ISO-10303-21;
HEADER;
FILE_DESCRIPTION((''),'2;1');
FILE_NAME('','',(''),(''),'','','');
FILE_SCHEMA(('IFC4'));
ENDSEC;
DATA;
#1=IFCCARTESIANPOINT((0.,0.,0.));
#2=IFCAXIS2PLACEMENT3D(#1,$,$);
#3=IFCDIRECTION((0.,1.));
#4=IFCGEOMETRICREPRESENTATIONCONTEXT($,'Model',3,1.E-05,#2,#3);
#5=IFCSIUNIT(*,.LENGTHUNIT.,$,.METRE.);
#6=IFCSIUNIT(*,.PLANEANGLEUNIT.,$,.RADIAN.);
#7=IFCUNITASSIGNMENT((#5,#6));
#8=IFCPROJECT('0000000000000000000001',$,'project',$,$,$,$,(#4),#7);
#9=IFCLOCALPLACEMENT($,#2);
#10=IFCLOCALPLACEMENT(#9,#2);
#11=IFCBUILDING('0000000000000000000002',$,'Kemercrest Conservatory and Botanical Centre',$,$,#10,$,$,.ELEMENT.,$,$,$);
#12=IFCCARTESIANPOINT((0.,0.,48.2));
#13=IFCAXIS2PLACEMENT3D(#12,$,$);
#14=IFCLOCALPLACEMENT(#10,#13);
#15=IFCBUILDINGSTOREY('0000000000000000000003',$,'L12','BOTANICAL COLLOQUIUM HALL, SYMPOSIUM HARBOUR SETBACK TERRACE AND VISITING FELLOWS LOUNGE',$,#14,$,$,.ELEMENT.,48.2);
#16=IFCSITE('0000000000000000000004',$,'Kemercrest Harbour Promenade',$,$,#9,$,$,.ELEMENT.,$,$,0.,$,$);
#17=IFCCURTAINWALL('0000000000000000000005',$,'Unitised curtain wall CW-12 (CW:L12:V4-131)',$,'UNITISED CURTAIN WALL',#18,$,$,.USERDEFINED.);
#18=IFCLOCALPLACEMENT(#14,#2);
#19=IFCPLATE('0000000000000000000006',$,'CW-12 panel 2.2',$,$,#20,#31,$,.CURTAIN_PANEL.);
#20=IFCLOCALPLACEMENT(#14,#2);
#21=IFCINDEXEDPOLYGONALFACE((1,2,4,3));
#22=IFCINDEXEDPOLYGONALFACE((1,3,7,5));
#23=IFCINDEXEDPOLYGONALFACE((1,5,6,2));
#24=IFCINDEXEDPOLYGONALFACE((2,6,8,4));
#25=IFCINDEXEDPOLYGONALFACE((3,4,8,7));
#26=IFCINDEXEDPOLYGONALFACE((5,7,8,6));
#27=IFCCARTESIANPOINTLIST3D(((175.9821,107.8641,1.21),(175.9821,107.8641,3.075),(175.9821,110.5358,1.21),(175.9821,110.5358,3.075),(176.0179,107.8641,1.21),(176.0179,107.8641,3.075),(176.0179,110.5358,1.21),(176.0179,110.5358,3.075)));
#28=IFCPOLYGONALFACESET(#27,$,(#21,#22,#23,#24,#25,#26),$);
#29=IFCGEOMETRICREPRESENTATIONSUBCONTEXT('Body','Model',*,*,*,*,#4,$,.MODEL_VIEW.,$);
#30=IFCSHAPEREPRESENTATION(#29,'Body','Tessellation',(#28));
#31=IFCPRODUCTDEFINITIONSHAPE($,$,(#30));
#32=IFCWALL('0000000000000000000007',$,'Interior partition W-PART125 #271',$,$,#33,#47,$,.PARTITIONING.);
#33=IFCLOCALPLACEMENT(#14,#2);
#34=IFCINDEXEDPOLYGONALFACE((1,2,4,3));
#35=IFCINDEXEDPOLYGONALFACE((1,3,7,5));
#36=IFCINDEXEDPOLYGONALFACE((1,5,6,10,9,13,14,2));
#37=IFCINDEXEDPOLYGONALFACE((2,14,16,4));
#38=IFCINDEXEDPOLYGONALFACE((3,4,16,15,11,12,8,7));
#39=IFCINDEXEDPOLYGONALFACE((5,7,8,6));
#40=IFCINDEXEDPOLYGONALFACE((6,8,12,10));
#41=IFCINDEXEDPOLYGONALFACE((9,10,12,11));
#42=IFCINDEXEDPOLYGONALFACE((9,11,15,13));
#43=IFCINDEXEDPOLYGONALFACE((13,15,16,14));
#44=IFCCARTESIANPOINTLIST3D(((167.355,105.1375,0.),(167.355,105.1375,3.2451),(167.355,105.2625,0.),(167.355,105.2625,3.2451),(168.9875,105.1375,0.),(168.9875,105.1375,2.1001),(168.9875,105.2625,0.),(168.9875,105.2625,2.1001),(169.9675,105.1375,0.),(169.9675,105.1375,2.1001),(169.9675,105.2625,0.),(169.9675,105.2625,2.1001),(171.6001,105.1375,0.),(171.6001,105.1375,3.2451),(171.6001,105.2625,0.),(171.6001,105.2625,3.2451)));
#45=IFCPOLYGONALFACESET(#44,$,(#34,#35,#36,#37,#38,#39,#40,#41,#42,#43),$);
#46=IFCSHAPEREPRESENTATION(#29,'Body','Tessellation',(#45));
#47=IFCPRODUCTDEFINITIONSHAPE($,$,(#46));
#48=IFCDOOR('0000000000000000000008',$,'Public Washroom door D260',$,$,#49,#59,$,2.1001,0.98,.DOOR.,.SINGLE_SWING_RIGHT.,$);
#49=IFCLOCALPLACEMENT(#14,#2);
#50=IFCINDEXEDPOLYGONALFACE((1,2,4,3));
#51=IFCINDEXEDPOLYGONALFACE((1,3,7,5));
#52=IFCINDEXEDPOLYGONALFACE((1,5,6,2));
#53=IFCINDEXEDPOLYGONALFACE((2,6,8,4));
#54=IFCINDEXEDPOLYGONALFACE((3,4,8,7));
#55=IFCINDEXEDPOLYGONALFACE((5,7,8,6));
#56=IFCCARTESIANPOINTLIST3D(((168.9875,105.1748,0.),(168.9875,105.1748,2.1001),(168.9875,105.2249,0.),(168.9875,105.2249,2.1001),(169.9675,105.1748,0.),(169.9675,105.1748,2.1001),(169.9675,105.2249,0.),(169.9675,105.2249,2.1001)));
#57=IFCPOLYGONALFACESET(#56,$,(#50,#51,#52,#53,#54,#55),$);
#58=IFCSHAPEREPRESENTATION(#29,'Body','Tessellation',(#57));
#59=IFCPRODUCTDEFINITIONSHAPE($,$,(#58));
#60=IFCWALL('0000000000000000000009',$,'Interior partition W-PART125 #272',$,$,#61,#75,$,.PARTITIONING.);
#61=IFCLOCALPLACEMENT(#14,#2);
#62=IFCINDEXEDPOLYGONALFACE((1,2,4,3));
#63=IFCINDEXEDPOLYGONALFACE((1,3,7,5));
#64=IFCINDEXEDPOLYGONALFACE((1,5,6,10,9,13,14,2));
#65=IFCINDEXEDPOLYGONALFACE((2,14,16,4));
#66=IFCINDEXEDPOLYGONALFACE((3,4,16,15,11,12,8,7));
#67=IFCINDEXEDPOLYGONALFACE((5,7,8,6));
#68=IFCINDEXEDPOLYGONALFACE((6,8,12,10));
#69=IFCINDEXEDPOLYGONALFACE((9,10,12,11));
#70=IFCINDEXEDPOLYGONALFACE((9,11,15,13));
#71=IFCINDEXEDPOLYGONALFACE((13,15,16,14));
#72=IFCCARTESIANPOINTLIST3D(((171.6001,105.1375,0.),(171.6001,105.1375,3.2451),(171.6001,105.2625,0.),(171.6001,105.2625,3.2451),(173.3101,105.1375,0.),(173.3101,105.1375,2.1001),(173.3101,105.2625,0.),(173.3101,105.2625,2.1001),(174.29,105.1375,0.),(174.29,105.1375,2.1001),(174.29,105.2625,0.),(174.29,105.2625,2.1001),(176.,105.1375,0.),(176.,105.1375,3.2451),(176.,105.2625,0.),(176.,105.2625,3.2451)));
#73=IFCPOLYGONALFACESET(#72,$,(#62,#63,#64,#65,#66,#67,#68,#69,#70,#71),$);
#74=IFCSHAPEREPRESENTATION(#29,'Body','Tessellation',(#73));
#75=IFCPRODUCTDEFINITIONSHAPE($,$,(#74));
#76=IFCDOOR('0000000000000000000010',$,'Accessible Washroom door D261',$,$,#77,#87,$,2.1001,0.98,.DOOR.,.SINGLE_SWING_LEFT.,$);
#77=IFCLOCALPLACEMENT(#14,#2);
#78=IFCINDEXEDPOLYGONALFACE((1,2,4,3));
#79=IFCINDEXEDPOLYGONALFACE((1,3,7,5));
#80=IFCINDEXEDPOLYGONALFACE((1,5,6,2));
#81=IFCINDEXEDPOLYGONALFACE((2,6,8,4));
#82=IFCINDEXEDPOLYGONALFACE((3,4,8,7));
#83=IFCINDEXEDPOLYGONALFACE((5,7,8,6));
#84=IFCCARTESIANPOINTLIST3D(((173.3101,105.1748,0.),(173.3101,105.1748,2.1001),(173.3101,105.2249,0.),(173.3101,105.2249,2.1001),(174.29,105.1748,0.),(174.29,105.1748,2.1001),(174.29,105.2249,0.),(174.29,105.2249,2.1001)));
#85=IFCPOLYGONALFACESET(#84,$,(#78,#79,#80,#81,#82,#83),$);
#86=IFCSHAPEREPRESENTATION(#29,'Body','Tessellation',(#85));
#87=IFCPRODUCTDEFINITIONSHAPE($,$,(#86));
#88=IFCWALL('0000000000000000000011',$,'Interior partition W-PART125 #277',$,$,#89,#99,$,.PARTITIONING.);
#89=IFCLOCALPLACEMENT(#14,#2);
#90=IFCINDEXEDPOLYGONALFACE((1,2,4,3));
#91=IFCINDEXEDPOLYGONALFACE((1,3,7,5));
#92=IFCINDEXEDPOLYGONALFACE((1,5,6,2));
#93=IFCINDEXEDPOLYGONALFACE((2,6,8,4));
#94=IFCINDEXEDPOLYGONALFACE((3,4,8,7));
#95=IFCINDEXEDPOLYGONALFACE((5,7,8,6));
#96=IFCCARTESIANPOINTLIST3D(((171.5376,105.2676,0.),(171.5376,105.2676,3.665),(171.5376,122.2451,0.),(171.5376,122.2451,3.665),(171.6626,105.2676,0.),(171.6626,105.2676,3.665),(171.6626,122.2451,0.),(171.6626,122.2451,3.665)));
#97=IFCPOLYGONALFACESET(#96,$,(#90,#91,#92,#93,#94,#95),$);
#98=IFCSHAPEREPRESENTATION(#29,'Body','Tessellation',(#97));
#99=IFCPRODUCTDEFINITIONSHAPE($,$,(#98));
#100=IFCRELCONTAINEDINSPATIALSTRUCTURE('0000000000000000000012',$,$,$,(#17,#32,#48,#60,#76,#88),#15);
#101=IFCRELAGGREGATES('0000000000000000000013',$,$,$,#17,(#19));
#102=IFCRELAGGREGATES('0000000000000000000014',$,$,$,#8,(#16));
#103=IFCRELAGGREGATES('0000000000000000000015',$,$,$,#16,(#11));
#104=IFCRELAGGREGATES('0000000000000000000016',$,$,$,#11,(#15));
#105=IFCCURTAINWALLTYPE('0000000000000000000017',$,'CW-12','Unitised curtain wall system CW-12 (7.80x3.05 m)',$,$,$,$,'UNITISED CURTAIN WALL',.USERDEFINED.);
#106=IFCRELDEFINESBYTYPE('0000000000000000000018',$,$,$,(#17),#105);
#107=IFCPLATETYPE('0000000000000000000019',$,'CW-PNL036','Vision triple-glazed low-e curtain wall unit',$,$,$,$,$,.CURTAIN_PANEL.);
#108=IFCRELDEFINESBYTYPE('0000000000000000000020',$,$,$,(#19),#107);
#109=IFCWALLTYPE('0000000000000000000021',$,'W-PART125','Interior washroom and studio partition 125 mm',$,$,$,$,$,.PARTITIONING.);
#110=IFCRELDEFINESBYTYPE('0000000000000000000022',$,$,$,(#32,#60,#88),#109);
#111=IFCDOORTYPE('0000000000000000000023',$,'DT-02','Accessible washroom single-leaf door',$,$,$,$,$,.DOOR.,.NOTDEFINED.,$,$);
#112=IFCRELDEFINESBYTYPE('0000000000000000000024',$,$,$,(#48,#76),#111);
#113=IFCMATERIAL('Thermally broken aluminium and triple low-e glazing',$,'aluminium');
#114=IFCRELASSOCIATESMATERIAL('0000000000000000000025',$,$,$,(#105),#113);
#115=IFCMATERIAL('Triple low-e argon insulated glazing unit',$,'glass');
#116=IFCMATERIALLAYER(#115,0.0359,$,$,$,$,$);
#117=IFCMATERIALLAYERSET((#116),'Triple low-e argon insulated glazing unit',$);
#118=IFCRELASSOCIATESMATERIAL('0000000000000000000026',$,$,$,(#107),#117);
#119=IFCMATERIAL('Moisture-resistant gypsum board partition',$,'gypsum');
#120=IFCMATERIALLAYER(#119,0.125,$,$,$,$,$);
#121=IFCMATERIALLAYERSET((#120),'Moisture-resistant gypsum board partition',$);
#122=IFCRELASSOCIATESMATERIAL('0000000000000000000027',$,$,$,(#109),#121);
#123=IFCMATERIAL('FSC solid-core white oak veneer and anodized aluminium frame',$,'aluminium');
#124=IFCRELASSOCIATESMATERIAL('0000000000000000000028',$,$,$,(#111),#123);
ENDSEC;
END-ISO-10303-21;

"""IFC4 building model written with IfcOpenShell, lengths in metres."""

from ifc_helpers import new_model, si_unit, direction, frame, frame_2d, origin, origin_2d, place, context, subcontext, project, spatial, rectangle, extrude, material, layer, layer_set, type_object, element, fill, aggregate, save


model = new_model("IFC4")

# Units and contexts
model_context = context("Model", 3, precision=1e-05, world=origin(), true_north=direction((0.0, 1.0)))
body_context = subcontext(model_context, "Body", "Model", "MODEL_VIEW")
ifc_project = project(units=[si_unit("LENGTHUNIT", "METRE"), si_unit("PLANEANGLEUNIT", "RADIAN")], contexts=[model_context])

# Site, building, storey
site_placement = place(None, origin())
site = spatial("IfcSite", under=ifc_project, at=site_placement, Name="Kemercrest Harbour Promenade", CompositionType="ELEMENT", RefElevation=0.0)
building_placement = place(site_placement, origin())
building = spatial("IfcBuilding", under=site, at=building_placement, Name="Kemercrest Conservatory and Botanical Centre", CompositionType="ELEMENT")
storey_placement = place(building_placement, frame((0.0, 0.0, 48.2)))
storey = spatial("IfcBuildingStorey", under=building, at=storey_placement, Name="L12", Description="BOTANICAL COLLOQUIUM HALL, SYMPOSIUM HARBOUR SETBACK TERRACE AND VISITING FELLOWS LOUNGE", CompositionType="ELEMENT", Elevation=48.2)

# Curtain wall
ifc_material_1 = material(Name="Thermally broken aluminium and triple low-e glazing", Category="aluminium")
curtain_wall_type = type_object("IfcCurtainWallType", Name="CW-12", Description="Unitised curtain wall system CW-12 (7.80x3.05 m)", ElementType="UNITISED CURTAIN WALL", PredefinedType="USERDEFINED", material=ifc_material_1)
curtain_wall_placement = place(storey_placement, origin())
curtain_wall = element("IfcCurtainWall", 1, at=curtain_wall_placement, inside=storey, type_object=curtain_wall_type, Name="Unitised curtain wall CW-12 (CW:L12:V4-131)", ObjectType="UNITISED CURTAIN WALL", PredefinedType="USERDEFINED")

# Plate
ifc_material_2 = material(Name="Triple low-e argon insulated glazing unit", Category="glass")
ifc_layer_1 = layer(ifc_material_2, 0.0359)
ifc_layer_set_1 = layer_set([ifc_layer_1], Name="Triple low-e argon insulated glazing unit")
plate_type = type_object("IfcPlateType", Name="CW-PNL036", Description="Vision triple-glazed low-e curtain wall unit", PredefinedType="CURTAIN_PANEL", material=ifc_layer_set_1)
plate_1_placement = place(storey_placement, frame((176.0, 109.2, 1.21), z_axis=(0.0, 0.0, 1.0), x_axis=(0.0, 1.0, 0.0)))
plate_1 = element("IfcPlate", 2, at=plate_1_placement, type_object=plate_type, Name="CW-12 panel 2.2", PredefinedType="CURTAIN_PANEL", context=body_context, shape_type="SweptSolid", body=[
    extrude(rectangle(XDim=2.6716, YDim=0.0359, at=origin_2d()), origin(), (0.0, 0.0, 1.0), 1.865),
])
aggregate(curtain_wall, [plate_1])

# Walls, openings, doors
ifc_material_3 = material(Name="Moisture-resistant gypsum board partition", Category="gypsum")
ifc_layer_2 = layer(ifc_material_3, 0.125)
ifc_layer_set_2 = layer_set([ifc_layer_2], Name="Moisture-resistant gypsum board partition")
wall_type = type_object("IfcWallType", Name="W-PART125", Description="Interior washroom and studio partition 125 mm", PredefinedType="PARTITIONING", material=ifc_layer_set_2)
wall_1_placement = place(storey_placement, frame((167.355, 105.2, 0.0), z_axis=(0.0, 0.0, 1.0), x_axis=(1.0, 0.0, 0.0)))
wall_1 = element("IfcWall", 3, at=wall_1_placement, inside=storey, type_object=wall_type, Name="Interior partition W-PART125 #271", PredefinedType="PARTITIONING", context=body_context, shape_type="SweptSolid", body=[
    extrude(rectangle(XDim=4.2451, YDim=0.125, at=frame_2d((2.1226, 0.0))), origin(), (0.0, 0.0, 1.0), 3.2451),
])
opening_1_placement = place(wall_1_placement, frame((1.6326, 0.0, 0.0)))
opening_1 = element("IfcOpeningElement", 4, at=opening_1_placement, cuts=wall_1, PredefinedType="OPENING", context=body_context, shape_type="SweptSolid", body=[
    extrude(rectangle(XDim=0.98, YDim=2.1001, at=frame_2d((0.49, 1.05))), frame((0.0, 0.0725, 0.0), z_axis=(0.0, -1.0, 0.0), x_axis=(1.0, 0.0, 0.0)), (0.0, 0.0, 1.0), 0.145),
])
ifc_material_4 = material(Name="FSC solid-core white oak veneer and anodized aluminium frame", Category="aluminium")
door_type = type_object("IfcDoorType", Name="DT-02", Description="Accessible washroom single-leaf door", OperationType="NOTDEFINED", PredefinedType="DOOR", material=ifc_material_4)
door_1_placement = place(opening_1_placement, origin())
door_1 = element("IfcDoor", 5, at=door_1_placement, inside=storey, type_object=door_type, Name="Public Washroom door D260", OperationType="SINGLE_SWING_RIGHT", OverallHeight=2.1001, OverallWidth=0.98, PredefinedType="DOOR", context=body_context, shape_type="SweptSolid", body=[
    extrude(rectangle(XDim=0.98, YDim=2.1001, at=frame_2d((0.49, 1.05))), frame((0.0, 0.0249, 0.0), z_axis=(0.0, -1.0, 0.0), x_axis=(1.0, 0.0, 0.0)), (0.0, 0.0, 1.0), 0.05),
])
fill(opening_1, door_1)
wall_2_placement = place(storey_placement, frame((171.6001, 105.2, 0.0), z_axis=(0.0, 0.0, 1.0), x_axis=(1.0, 0.0, 0.0)))
wall_2 = element("IfcWall", 6, at=wall_2_placement, inside=storey, type_object=wall_type, Name="Interior partition W-PART125 #272", PredefinedType="PARTITIONING", context=body_context, shape_type="SweptSolid", body=[
    extrude(rectangle(XDim=4.3999, YDim=0.125, at=frame_2d((2.2, 0.0))), origin(), (0.0, 0.0, 1.0), 3.2451),
])
opening_2_placement = place(wall_2_placement, frame((1.71, 0.0, 0.0)))
opening_2 = element("IfcOpeningElement", 7, at=opening_2_placement, cuts=wall_2, PredefinedType="OPENING", context=body_context, shape_type="SweptSolid", body=[
    extrude(rectangle(XDim=0.98, YDim=2.1001, at=frame_2d((0.49, 1.05))), frame((0.0, 0.0725, 0.0), z_axis=(0.0, -1.0, 0.0), x_axis=(1.0, 0.0, 0.0)), (0.0, 0.0, 1.0), 0.145),
])
door_2_placement = place(opening_2_placement, origin())
door_2 = element("IfcDoor", 8, at=door_2_placement, inside=storey, type_object=door_type, Name="Accessible Washroom door D261", OperationType="SINGLE_SWING_LEFT", OverallHeight=2.1001, OverallWidth=0.98, PredefinedType="DOOR", context=body_context, shape_type="SweptSolid", body=[
    extrude(rectangle(XDim=0.98, YDim=2.1001, at=frame_2d((0.49, 1.05))), frame((0.0, 0.0249, 0.0), z_axis=(0.0, -1.0, 0.0), x_axis=(1.0, 0.0, 0.0)), (0.0, 0.0, 1.0), 0.05),
])
fill(opening_2, door_2)

# Wall
wall_3_placement = place(storey_placement, frame((171.6001, 105.2676, 0.0), z_axis=(0.0, 0.0, 1.0), x_axis=(0.0, 1.0, 0.0)))
element("IfcWall", 9, at=wall_3_placement, inside=storey, type_object=wall_type, Name="Interior partition W-PART125 #277", PredefinedType="PARTITIONING", context=body_context, shape_type="SweptSolid", body=[
    extrude(rectangle(XDim=16.9775, YDim=0.125, at=frame_2d((8.4888, 0.0))), origin(), (0.0, 0.0, 1.0), 3.665),
])

save(model, "model.ifc")
